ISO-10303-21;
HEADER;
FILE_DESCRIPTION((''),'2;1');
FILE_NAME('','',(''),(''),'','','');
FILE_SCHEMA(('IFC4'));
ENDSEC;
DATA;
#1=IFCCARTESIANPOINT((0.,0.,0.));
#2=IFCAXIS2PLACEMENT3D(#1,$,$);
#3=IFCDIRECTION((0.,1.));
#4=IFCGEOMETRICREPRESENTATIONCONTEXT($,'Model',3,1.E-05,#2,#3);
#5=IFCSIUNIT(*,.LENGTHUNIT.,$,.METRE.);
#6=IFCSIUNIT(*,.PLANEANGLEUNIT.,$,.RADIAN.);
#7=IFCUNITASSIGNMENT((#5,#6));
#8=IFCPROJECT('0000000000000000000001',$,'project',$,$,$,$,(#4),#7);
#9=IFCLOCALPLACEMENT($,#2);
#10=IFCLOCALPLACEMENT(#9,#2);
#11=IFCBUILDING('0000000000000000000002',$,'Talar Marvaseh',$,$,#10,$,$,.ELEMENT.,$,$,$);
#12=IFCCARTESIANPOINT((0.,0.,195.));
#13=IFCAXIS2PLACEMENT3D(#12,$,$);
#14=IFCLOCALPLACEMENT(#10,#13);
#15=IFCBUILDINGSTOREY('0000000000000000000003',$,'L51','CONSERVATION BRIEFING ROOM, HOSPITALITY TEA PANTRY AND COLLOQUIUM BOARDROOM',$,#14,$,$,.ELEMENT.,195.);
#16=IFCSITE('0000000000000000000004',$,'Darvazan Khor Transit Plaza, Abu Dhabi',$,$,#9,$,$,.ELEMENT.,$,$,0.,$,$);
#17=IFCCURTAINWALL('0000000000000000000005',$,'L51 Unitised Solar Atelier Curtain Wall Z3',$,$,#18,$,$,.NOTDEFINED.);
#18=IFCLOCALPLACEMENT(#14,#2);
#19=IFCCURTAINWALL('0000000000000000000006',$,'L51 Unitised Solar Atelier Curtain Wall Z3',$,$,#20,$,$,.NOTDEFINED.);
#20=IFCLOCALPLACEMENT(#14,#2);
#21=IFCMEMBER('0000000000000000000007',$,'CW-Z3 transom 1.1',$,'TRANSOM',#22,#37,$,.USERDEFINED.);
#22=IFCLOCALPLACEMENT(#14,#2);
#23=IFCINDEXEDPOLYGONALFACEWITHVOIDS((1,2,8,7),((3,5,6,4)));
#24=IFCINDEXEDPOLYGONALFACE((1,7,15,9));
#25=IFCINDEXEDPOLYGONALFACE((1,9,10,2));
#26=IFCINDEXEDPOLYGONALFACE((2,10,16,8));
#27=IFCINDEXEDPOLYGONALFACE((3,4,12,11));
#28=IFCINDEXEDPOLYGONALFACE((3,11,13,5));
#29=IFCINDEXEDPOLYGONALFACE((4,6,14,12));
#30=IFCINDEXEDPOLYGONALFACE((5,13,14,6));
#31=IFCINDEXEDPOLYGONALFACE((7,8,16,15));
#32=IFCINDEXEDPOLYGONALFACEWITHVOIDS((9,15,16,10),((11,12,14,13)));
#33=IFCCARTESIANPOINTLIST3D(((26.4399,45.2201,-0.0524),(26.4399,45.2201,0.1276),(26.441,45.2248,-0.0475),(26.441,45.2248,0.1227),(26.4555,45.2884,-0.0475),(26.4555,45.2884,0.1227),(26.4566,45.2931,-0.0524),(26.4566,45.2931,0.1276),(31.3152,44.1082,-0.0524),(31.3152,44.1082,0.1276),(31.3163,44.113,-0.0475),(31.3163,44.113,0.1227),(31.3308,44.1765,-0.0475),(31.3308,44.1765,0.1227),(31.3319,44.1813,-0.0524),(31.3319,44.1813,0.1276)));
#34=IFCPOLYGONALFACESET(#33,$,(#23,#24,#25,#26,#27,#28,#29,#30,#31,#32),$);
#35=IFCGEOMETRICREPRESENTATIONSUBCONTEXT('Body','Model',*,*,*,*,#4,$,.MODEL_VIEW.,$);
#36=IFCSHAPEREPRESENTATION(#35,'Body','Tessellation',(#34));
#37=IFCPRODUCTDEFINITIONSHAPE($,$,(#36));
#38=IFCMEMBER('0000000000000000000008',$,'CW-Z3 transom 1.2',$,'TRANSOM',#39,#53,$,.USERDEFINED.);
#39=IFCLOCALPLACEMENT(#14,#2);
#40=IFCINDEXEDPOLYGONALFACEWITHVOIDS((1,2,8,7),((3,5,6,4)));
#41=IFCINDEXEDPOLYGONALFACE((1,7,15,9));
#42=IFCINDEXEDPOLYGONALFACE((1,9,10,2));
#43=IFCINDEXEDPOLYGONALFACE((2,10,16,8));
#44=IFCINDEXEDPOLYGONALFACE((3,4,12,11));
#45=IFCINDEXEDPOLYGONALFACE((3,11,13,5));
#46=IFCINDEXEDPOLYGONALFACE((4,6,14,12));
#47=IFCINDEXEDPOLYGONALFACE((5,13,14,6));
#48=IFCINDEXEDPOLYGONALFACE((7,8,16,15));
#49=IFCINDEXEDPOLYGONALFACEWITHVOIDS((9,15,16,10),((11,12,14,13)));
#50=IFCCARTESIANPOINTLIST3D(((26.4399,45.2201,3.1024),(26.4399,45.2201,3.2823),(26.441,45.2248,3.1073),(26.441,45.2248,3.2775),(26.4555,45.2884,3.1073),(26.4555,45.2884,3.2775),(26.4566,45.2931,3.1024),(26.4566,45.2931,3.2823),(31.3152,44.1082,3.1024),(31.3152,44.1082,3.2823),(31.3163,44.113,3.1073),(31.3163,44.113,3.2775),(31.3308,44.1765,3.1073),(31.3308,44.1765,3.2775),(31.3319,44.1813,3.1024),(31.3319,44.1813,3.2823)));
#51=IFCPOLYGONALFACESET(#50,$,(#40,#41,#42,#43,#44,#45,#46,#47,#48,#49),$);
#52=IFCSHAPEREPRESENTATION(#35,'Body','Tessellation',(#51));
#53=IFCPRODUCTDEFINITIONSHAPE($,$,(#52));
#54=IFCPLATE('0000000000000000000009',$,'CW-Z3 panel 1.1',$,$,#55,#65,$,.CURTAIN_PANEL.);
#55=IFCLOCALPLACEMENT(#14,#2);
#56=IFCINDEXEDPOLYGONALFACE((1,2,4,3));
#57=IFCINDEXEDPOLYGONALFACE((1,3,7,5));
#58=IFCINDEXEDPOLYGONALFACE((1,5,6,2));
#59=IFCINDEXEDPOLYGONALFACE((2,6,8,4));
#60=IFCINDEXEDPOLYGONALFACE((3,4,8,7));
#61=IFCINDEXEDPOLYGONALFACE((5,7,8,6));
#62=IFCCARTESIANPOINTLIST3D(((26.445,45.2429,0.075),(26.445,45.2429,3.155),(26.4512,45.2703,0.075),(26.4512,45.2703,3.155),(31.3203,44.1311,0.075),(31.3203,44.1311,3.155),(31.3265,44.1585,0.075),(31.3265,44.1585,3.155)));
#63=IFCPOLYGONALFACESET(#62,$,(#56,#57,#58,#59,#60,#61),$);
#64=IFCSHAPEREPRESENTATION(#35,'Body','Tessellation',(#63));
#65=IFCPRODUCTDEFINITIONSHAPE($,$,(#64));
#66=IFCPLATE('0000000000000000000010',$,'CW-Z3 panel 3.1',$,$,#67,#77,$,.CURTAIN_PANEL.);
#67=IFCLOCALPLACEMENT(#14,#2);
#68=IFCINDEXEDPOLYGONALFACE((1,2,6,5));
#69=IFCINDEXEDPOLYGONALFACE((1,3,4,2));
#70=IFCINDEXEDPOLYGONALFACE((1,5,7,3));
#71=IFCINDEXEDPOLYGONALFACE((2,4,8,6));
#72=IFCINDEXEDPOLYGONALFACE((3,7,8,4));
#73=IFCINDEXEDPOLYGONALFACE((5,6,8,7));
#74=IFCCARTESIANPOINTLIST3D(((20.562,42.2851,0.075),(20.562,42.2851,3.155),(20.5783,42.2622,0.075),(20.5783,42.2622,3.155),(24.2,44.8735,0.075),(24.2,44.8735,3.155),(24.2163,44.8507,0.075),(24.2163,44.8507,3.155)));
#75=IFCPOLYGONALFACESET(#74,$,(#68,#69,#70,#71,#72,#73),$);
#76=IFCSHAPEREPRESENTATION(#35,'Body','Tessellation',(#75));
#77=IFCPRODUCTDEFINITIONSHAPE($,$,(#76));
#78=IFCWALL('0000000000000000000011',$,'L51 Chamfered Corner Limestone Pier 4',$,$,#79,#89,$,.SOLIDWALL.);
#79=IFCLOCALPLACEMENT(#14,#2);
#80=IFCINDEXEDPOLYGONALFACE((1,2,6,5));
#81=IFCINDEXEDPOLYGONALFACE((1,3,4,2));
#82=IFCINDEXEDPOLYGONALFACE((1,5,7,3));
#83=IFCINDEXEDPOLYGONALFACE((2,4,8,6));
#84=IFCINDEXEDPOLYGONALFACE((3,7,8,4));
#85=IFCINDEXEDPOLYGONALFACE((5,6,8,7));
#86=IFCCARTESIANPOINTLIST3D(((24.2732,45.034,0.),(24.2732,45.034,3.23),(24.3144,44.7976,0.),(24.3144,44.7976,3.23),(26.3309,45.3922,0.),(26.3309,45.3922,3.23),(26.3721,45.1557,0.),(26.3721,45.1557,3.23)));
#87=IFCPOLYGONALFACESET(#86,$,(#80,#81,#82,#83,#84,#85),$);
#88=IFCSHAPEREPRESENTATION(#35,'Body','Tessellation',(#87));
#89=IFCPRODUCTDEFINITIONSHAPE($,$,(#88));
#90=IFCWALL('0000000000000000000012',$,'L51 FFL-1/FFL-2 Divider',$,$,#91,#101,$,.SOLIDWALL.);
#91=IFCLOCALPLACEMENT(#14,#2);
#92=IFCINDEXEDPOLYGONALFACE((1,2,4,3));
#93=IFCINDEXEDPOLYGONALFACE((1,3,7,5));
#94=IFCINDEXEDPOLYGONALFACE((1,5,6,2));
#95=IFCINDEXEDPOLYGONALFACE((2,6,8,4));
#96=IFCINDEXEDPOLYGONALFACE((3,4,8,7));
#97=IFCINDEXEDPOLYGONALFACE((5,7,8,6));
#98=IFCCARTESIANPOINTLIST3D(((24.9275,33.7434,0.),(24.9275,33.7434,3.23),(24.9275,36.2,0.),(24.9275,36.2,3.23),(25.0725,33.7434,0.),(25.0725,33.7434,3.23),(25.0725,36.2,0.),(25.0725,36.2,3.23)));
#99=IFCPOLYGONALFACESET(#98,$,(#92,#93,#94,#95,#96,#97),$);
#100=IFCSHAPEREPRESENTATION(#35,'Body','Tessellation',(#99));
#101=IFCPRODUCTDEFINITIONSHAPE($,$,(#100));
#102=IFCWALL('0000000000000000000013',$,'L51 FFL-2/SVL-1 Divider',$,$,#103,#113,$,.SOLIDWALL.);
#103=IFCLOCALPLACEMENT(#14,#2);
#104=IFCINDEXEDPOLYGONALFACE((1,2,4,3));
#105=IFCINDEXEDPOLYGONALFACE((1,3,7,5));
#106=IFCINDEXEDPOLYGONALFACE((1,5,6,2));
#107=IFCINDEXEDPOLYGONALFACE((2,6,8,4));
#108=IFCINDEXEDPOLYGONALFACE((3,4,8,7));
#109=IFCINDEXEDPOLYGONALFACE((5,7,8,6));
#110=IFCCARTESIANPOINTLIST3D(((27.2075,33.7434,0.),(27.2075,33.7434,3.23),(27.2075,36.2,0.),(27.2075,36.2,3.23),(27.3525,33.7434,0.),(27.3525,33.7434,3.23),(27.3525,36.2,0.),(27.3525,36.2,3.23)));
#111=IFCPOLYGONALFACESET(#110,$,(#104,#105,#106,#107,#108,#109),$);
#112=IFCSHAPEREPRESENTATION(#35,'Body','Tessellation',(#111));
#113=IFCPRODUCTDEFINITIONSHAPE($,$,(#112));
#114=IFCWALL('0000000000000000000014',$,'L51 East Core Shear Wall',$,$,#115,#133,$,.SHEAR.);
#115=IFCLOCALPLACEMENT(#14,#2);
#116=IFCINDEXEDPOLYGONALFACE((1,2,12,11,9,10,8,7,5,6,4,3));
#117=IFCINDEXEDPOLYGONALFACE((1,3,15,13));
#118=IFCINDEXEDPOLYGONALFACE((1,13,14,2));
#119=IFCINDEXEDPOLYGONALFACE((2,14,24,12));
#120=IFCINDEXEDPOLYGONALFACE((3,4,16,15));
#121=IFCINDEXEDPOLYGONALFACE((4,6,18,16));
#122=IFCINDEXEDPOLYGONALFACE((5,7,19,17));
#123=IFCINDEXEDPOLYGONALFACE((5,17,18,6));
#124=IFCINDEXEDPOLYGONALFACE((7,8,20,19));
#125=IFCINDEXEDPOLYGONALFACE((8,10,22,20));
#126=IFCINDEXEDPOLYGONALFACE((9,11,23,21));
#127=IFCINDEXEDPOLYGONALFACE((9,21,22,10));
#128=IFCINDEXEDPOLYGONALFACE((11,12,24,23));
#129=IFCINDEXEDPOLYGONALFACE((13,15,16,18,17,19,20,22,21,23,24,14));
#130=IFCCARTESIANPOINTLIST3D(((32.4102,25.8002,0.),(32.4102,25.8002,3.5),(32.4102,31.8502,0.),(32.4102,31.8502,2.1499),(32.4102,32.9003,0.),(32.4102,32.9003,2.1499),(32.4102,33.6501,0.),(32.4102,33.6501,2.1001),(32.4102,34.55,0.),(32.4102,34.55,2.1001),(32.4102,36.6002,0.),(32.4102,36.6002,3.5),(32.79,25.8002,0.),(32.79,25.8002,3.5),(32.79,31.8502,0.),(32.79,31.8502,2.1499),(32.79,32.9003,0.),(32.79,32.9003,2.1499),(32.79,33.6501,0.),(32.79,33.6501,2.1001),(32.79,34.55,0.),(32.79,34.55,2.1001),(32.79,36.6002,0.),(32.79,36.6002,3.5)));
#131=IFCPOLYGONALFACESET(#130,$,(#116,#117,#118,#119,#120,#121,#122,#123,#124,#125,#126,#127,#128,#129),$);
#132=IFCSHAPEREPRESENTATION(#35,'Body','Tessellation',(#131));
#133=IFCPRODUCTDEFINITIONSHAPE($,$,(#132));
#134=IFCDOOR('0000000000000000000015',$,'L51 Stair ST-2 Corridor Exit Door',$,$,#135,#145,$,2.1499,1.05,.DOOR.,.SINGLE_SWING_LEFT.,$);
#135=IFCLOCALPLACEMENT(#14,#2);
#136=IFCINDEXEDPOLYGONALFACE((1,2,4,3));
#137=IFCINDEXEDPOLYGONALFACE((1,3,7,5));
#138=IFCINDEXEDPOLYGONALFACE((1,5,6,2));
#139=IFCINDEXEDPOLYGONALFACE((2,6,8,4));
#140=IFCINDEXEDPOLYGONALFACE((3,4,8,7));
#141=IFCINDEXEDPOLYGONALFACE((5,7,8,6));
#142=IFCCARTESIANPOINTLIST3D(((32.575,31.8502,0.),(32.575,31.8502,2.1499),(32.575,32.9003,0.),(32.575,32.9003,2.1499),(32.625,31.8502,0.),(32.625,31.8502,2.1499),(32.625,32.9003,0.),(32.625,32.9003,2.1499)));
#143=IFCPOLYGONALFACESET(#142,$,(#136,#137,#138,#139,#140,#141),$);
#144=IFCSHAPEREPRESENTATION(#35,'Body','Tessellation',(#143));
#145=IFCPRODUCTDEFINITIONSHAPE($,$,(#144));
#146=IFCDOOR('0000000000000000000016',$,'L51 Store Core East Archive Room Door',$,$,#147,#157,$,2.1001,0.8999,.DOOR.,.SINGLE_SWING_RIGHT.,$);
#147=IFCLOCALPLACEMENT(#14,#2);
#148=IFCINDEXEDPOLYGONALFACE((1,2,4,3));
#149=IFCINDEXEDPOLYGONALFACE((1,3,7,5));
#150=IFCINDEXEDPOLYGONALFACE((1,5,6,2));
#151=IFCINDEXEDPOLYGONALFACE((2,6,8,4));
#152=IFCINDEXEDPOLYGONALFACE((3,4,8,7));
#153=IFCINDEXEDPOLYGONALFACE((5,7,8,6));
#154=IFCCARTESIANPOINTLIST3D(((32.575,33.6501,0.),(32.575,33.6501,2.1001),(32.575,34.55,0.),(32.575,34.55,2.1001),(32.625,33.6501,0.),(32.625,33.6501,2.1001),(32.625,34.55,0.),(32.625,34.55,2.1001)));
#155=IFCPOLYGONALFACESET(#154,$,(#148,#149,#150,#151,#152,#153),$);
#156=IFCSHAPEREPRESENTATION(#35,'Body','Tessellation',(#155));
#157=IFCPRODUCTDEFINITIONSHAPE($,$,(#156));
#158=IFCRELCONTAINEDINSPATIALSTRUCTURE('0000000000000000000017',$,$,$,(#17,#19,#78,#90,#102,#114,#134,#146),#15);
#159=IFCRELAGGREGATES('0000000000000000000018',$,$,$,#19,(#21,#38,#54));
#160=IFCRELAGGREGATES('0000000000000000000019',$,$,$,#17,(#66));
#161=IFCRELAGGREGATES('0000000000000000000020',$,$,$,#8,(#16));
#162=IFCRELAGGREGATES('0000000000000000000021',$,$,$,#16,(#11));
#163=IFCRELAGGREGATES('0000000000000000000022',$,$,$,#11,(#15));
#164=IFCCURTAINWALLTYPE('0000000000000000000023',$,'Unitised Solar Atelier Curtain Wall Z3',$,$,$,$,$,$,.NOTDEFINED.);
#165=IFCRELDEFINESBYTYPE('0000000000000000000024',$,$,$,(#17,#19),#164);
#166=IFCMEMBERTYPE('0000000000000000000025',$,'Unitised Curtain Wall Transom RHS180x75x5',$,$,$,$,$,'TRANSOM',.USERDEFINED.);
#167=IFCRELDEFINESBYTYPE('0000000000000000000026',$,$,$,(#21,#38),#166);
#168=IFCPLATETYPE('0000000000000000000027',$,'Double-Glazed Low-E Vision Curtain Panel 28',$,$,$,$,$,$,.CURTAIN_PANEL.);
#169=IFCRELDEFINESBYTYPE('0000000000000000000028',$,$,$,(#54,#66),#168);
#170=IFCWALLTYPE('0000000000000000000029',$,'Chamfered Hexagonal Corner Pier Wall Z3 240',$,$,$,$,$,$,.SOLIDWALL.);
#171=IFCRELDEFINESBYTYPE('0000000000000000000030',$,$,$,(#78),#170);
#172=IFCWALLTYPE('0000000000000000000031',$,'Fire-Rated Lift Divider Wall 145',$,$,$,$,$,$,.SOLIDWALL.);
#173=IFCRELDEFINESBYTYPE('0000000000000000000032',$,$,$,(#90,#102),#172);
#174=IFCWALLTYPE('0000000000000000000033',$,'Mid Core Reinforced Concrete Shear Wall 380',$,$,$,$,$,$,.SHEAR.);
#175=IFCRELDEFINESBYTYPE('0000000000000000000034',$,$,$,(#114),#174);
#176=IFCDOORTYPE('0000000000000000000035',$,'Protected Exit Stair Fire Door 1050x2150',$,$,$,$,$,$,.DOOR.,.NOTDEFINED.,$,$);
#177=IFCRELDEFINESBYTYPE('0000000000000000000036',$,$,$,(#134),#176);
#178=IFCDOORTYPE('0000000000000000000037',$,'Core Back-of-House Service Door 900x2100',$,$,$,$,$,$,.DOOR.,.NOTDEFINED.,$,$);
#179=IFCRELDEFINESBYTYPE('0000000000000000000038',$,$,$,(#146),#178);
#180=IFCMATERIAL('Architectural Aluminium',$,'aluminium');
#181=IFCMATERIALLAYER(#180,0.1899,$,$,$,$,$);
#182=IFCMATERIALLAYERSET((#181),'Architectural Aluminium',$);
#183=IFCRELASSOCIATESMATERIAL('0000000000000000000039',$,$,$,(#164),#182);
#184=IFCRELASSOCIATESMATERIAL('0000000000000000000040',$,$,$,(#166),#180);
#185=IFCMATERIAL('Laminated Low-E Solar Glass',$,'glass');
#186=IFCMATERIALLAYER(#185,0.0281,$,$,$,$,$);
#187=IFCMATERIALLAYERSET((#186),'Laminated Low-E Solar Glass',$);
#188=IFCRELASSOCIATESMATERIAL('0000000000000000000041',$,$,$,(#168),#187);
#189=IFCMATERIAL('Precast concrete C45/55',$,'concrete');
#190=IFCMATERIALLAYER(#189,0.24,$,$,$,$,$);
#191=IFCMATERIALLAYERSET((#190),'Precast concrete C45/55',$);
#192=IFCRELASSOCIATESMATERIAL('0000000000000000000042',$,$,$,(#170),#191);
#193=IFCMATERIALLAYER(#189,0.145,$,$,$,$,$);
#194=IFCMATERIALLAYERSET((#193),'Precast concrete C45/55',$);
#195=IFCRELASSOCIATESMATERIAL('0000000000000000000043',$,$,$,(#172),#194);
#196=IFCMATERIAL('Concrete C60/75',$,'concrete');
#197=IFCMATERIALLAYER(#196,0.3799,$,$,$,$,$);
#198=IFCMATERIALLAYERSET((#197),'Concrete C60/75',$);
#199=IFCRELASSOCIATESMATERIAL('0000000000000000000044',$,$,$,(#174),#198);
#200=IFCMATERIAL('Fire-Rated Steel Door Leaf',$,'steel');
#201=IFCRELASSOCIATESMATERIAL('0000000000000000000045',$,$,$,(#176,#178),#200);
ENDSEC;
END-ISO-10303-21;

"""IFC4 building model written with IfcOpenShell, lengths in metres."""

from ifc_helpers import new_model, si_unit, direction, frame, frame_2d, origin, origin_2d, place, context, subcontext, project, spatial, rectangle, hollow_rectangle, extrude, source, transform, mapped, material, layer, layer_set, material_profile, profile_set, type_object, type_shapes, element, fill, aggregate, save


model = new_model("IFC4")

# Units and contexts
model_context = context("Model", 3, precision=1e-05, world=origin(), true_north=direction((0.0, 1.0)))
body_context = subcontext(model_context, "Body", "Model", "MODEL_VIEW")
ifc_project = project(units=[si_unit("LENGTHUNIT", "METRE"), si_unit("PLANEANGLEUNIT", "RADIAN")], contexts=[model_context])

# Site, building, storey
site_placement = place(None, origin())
site = spatial("IfcSite", under=ifc_project, at=site_placement, Name="Darvazan Khor Transit Plaza, Abu Dhabi", CompositionType="ELEMENT", RefElevation=0.0)
building_placement = place(site_placement, origin())
building = spatial("IfcBuilding", under=site, at=building_placement, Name="Talar Marvaseh", CompositionType="ELEMENT")
storey_placement = place(building_placement, frame((0.0, 0.0, 195.0)))
storey = spatial("IfcBuildingStorey", under=building, at=storey_placement, Name="L51", Description="CONSERVATION BRIEFING ROOM, HOSPITALITY TEA PANTRY AND COLLOQUIUM BOARDROOM", CompositionType="ELEMENT", Elevation=195.0)

# Shared definitions
ifc_material_1 = material(Name="Concrete C60/75", Category="concrete")

# Curtain wall
ifc_material_2 = material(Name="Architectural Aluminium", Category="aluminium")
ifc_layer_1 = layer(ifc_material_2, 0.1899)
ifc_layer_set_1 = layer_set([ifc_layer_1], Name="Architectural Aluminium")
curtain_wall_type = type_object("IfcCurtainWallType", Name="Unitised Solar Atelier Curtain Wall Z3", PredefinedType="NOTDEFINED", material=ifc_layer_set_1)
curtain_wall_1_placement = place(storey_placement, origin())
curtain_wall_1 = element("IfcCurtainWall", 1, at=curtain_wall_1_placement, inside=storey, type_object=curtain_wall_type, Name="L51 Unitised Solar Atelier Curtain Wall Z3", PredefinedType="NOTDEFINED")

# Curtain wall, members, plate
curtain_wall_2_placement = place(storey_placement, origin())
curtain_wall_2 = element("IfcCurtainWall", 2, at=curtain_wall_2_placement, inside=storey, type_object=curtain_wall_type, Name="L51 Unitised Solar Atelier Curtain Wall Z3", PredefinedType="NOTDEFINED")
ifc_material_profile_1 = material_profile(ifc_material_2, hollow_rectangle(XDim=0.075, YDim=0.1799, WallThickness=0.0049, at=origin_2d()), Name="RHS180x75x5")
ifc_profile_set_1 = profile_set([ifc_material_profile_1], Name="Architectural Aluminium")
member_type_1 = type_object("IfcMemberType", Name="Unitised Curtain Wall Transom RHS180x75x5", ElementType="TRANSOM", PredefinedType="USERDEFINED", material=ifc_profile_set_1)
shared_shape_1 = source(origin(), body_context, "Body", "SweptSolid", [
    extrude(hollow_rectangle(XDim=0.075, YDim=0.1799, WallThickness=0.0049, at=origin_2d()), origin(), (0.0, 0.0, 1.0), 5.0005),
])
member_1_placement = place(storey_placement, frame((26.4482, 45.2566, 0.0376), z_axis=(0.974968, -0.222345, 0.0), x_axis=(0.222345, 0.974968, 0.0)))
member_1 = element("IfcMember", 3, at=member_1_placement, type_object=member_type_1, Name="CW-Z3 transom 1.1", ObjectType="TRANSOM", PredefinedType="USERDEFINED", context=body_context, shape_type="MappedRepresentation", body=[
    mapped(shared_shape_1, transform((0.0, 0.0, 0.0), x_axis=(1.0, 0.0, 0.0), y_axis=(0.0, 1.0, 0.0), z_axis=(0.0, 0.0, 1.0), scale=1.0)),
])
member_2_placement = place(storey_placement, frame((26.4482, 45.2566, 3.1924), z_axis=(0.974968, -0.222345, 0.0), x_axis=(0.222345, 0.974968, 0.0)))
member_2 = element("IfcMember", 4, at=member_2_placement, type_object=member_type_1, Name="CW-Z3 transom 1.2", ObjectType="TRANSOM", PredefinedType="USERDEFINED", context=body_context, shape_type="MappedRepresentation", body=[
    mapped(shared_shape_1, transform((0.0, 0.0, 0.0), x_axis=(1.0, 0.0, 0.0), y_axis=(0.0, 1.0, 0.0), z_axis=(0.0, 0.0, 1.0), scale=1.0)),
])
ifc_material_3 = material(Name="Laminated Low-E Solar Glass", Category="glass")
ifc_layer_2 = layer(ifc_material_3, 0.0281)
ifc_layer_set_2 = layer_set([ifc_layer_2], Name="Laminated Low-E Solar Glass")
plate_type = type_object("IfcPlateType", Name="Double-Glazed Low-E Vision Curtain Panel 28", PredefinedType="CURTAIN_PANEL", material=ifc_layer_set_2)
shared_shape_2 = source(origin(), body_context, "Body", "SweptSolid", [
    extrude(rectangle(XDim=5.0005, YDim=0.0281, at=origin_2d()), origin(), (0.0, 0.0, 1.0), 3.0801),
])
plate_1_placement = place(storey_placement, frame((28.8857, 44.7007, 0.075), z_axis=(0.0, 0.0, 1.0), x_axis=(0.97497, -0.222335, 0.0)))
plate_1 = element("IfcPlate", 5, at=plate_1_placement, type_object=plate_type, Name="CW-Z3 panel 1.1", PredefinedType="CURTAIN_PANEL", context=body_context, shape_type="MappedRepresentation", body=[
    mapped(shared_shape_2, transform((0.0, 0.0, 0.0), x_axis=(1.0, 0.0, 0.0), y_axis=(0.0, 1.0, 0.0), z_axis=(0.0, 0.0, 1.0), scale=1.0)),
])
aggregate(curtain_wall_2, [member_1, member_2, plate_1])

# Plate
shared_shape_3 = source(origin(), body_context, "Body", "SweptSolid", [
    extrude(rectangle(XDim=4.4648, YDim=0.0281, at=origin_2d()), origin(), (0.0, 0.0, 1.0), 3.0801),
])
type_shapes(plate_type, [shared_shape_2, shared_shape_3])
plate_2_placement = place(storey_placement, frame((22.3892, 43.5679, 0.075), z_axis=(0.0, 0.0, 1.0), x_axis=(0.814802, 0.57974, 0.0)))
plate_2 = element("IfcPlate", 6, at=plate_2_placement, type_object=plate_type, Name="CW-Z3 panel 3.1", PredefinedType="CURTAIN_PANEL", context=body_context, shape_type="MappedRepresentation", body=[
    mapped(shared_shape_3, transform((0.0, 0.0, 0.0), x_axis=(1.0, 0.0, 0.0), y_axis=(0.0, 1.0, 0.0), z_axis=(0.0, 0.0, 1.0), scale=1.0)),
])
aggregate(curtain_wall_1, [plate_2])

# Walls
ifc_material_4 = material(Name="Precast concrete C45/55", Category="concrete")
ifc_layer_3 = layer(ifc_material_4, 0.24)
ifc_layer_set_3 = layer_set([ifc_layer_3], Name="Precast concrete C45/55")
wall_type_1 = type_object("IfcWallType", Name="Chamfered Hexagonal Corner Pier Wall Z3 240", PredefinedType="SOLIDWALL", material=ifc_layer_set_3)
wall_1_placement = place(storey_placement, frame((24.2937, 44.9158, 0.0), z_axis=(0.0, 0.0, 1.0), x_axis=(0.985187, 0.171484, 0.0)))
element("IfcWall", 7, at=wall_1_placement, inside=storey, type_object=wall_type_1, Name="L51 Chamfered Corner Limestone Pier 4", PredefinedType="SOLIDWALL", context=body_context, shape_type="SweptSolid", body=[
    extrude(rectangle(XDim=2.0886, YDim=0.24, at=frame_2d((1.0444, 0.0))), origin(), (0.0, 0.0, 1.0), 3.23),
])
ifc_layer_4 = layer(ifc_material_4, 0.145)
ifc_layer_set_4 = layer_set([ifc_layer_4], Name="Precast concrete C45/55")
wall_type_2 = type_object("IfcWallType", Name="Fire-Rated Lift Divider Wall 145", PredefinedType="SOLIDWALL", material=ifc_layer_set_4)
for number, where, z_axis, x_axis, name in (
    (8, (25.0, 33.7434, 0.0), (0.0, 0.0, 1.0), (0.0, 1.0, 0.0), "L51 FFL-1/FFL-2 Divider"),
    (9, (27.28, 33.7434, 0.0), (0.0, 0.0, 1.0), (0.0, 1.0, 0.0), "L51 FFL-2/SVL-1 Divider"),
):
    element("IfcWall", number, at=place(storey_placement, frame(where, z_axis=z_axis, x_axis=x_axis)), inside=storey, type_object=wall_type_2, Name=name, PredefinedType="SOLIDWALL", context=body_context, shape_type="SweptSolid", body=[
        extrude(rectangle(XDim=2.4565, YDim=0.145, at=frame_2d((1.2283, 0.0))), origin(), (0.0, 0.0, 1.0), 3.23),
    ])

# Wall, openings, doors
ifc_layer_5 = layer(ifc_material_1, 0.3799)
ifc_layer_set_5 = layer_set([ifc_layer_5], Name="Concrete C60/75")
wall_type_3 = type_object("IfcWallType", Name="Mid Core Reinforced Concrete Shear Wall 380", PredefinedType="SHEAR", material=ifc_layer_set_5)
wall_2_placement = place(storey_placement, frame((32.6001, 36.6001, 0.0), z_axis=(0.0, 0.0, 1.0), x_axis=(0.0, -1.0, 0.0)))
wall_2 = element("IfcWall", 10, at=wall_2_placement, inside=storey, type_object=wall_type_3, Name="L51 East Core Shear Wall", PredefinedType="SHEAR", context=body_context, shape_type="SweptSolid", body=[
    extrude(rectangle(XDim=10.8, YDim=0.3799, at=frame_2d((5.3999, 0.0))), origin(), (0.0, 0.0, 1.0), 3.5),
])
opening_1_placement = place(wall_2_placement, frame((3.7, 0.0, 0.0)))
opening_1 = element("IfcOpeningElement", 11, at=opening_1_placement, cuts=wall_2, PredefinedType="OPENING", context=body_context, shape_type="SweptSolid", body=[
    extrude(rectangle(XDim=1.05, YDim=2.1499, at=frame_2d((0.5249, 1.075))), frame((0.0, 0.2, 0.0), z_axis=(0.0, -1.0, 0.0), x_axis=(1.0, 0.0, 0.0)), (0.0, 0.0, 1.0), 0.3999),
])
opening_2_placement = place(wall_2_placement, frame((2.05, 0.0, 0.0)))
opening_2 = element("IfcOpeningElement", 12, at=opening_2_placement, cuts=wall_2, PredefinedType="OPENING", context=body_context, shape_type="SweptSolid", body=[
    extrude(rectangle(XDim=0.8999, YDim=2.1001, at=frame_2d((0.45, 1.05))), frame((0.0, 0.2, 0.0), z_axis=(0.0, -1.0, 0.0), x_axis=(1.0, 0.0, 0.0)), (0.0, 0.0, 1.0), 0.3999),
])
ifc_material_5 = material(Name="Fire-Rated Steel Door Leaf", Category="steel")
door_type_1 = type_object("IfcDoorType", Name="Protected Exit Stair Fire Door 1050x2150", OperationType="NOTDEFINED", PredefinedType="DOOR", material=ifc_material_5)
shared_shape_4 = source(origin(), body_context, "Body", "SweptSolid", [
    extrude(rectangle(XDim=1.05, YDim=2.1499, at=frame_2d((0.5249, 1.075))), frame((0.0, 0.0249, 0.0), z_axis=(0.0, -1.0, 0.0), x_axis=(1.0, 0.0, 0.0)), (0.0, 0.0, 1.0), 0.05),
])
type_shapes(door_type_1, [shared_shape_4])
door_1_placement = place(opening_1_placement, origin())
door_1 = element("IfcDoor", 13, at=door_1_placement, inside=storey, type_object=door_type_1, Name="L51 Stair ST-2 Corridor Exit Door", OperationType="SINGLE_SWING_LEFT", OverallHeight=2.1499, OverallWidth=1.05, PredefinedType="DOOR", context=body_context, shape_type="MappedRepresentation", body=[
    mapped(shared_shape_4, transform((0.0, 0.0, 0.0), x_axis=(1.0, 0.0, 0.0), y_axis=(0.0, 1.0, 0.0), z_axis=(0.0, 0.0, 1.0), scale=1.0)),
])
fill(opening_1, door_1)
door_type_2 = type_object("IfcDoorType", Name="Core Back-of-House Service Door 900x2100", OperationType="NOTDEFINED", PredefinedType="DOOR", material=ifc_material_5)
shared_shape_5 = source(origin(), body_context, "Body", "SweptSolid", [
    extrude(rectangle(XDim=0.8999, YDim=2.1001, at=frame_2d((0.45, 1.05))), frame((0.0, 0.0249, 0.0), z_axis=(0.0, -1.0, 0.0), x_axis=(1.0, 0.0, 0.0)), (0.0, 0.0, 1.0), 0.05),
])
type_shapes(door_type_2, [shared_shape_5])
door_2_placement = place(opening_2_placement, origin())
door_2 = element("IfcDoor", 14, at=door_2_placement, inside=storey, type_object=door_type_2, Name="L51 Store Core East Archive Room Door", OperationType="SINGLE_SWING_RIGHT", OverallHeight=2.1001, OverallWidth=0.8999, PredefinedType="DOOR", context=body_context, shape_type="MappedRepresentation", body=[
    mapped(shared_shape_5, transform((0.0, 0.0, 0.0), x_axis=(1.0, 0.0, 0.0), y_axis=(0.0, 1.0, 0.0), z_axis=(0.0, 0.0, 1.0), scale=1.0)),
])
fill(opening_2, door_2)

save(model, "model.ifc")
